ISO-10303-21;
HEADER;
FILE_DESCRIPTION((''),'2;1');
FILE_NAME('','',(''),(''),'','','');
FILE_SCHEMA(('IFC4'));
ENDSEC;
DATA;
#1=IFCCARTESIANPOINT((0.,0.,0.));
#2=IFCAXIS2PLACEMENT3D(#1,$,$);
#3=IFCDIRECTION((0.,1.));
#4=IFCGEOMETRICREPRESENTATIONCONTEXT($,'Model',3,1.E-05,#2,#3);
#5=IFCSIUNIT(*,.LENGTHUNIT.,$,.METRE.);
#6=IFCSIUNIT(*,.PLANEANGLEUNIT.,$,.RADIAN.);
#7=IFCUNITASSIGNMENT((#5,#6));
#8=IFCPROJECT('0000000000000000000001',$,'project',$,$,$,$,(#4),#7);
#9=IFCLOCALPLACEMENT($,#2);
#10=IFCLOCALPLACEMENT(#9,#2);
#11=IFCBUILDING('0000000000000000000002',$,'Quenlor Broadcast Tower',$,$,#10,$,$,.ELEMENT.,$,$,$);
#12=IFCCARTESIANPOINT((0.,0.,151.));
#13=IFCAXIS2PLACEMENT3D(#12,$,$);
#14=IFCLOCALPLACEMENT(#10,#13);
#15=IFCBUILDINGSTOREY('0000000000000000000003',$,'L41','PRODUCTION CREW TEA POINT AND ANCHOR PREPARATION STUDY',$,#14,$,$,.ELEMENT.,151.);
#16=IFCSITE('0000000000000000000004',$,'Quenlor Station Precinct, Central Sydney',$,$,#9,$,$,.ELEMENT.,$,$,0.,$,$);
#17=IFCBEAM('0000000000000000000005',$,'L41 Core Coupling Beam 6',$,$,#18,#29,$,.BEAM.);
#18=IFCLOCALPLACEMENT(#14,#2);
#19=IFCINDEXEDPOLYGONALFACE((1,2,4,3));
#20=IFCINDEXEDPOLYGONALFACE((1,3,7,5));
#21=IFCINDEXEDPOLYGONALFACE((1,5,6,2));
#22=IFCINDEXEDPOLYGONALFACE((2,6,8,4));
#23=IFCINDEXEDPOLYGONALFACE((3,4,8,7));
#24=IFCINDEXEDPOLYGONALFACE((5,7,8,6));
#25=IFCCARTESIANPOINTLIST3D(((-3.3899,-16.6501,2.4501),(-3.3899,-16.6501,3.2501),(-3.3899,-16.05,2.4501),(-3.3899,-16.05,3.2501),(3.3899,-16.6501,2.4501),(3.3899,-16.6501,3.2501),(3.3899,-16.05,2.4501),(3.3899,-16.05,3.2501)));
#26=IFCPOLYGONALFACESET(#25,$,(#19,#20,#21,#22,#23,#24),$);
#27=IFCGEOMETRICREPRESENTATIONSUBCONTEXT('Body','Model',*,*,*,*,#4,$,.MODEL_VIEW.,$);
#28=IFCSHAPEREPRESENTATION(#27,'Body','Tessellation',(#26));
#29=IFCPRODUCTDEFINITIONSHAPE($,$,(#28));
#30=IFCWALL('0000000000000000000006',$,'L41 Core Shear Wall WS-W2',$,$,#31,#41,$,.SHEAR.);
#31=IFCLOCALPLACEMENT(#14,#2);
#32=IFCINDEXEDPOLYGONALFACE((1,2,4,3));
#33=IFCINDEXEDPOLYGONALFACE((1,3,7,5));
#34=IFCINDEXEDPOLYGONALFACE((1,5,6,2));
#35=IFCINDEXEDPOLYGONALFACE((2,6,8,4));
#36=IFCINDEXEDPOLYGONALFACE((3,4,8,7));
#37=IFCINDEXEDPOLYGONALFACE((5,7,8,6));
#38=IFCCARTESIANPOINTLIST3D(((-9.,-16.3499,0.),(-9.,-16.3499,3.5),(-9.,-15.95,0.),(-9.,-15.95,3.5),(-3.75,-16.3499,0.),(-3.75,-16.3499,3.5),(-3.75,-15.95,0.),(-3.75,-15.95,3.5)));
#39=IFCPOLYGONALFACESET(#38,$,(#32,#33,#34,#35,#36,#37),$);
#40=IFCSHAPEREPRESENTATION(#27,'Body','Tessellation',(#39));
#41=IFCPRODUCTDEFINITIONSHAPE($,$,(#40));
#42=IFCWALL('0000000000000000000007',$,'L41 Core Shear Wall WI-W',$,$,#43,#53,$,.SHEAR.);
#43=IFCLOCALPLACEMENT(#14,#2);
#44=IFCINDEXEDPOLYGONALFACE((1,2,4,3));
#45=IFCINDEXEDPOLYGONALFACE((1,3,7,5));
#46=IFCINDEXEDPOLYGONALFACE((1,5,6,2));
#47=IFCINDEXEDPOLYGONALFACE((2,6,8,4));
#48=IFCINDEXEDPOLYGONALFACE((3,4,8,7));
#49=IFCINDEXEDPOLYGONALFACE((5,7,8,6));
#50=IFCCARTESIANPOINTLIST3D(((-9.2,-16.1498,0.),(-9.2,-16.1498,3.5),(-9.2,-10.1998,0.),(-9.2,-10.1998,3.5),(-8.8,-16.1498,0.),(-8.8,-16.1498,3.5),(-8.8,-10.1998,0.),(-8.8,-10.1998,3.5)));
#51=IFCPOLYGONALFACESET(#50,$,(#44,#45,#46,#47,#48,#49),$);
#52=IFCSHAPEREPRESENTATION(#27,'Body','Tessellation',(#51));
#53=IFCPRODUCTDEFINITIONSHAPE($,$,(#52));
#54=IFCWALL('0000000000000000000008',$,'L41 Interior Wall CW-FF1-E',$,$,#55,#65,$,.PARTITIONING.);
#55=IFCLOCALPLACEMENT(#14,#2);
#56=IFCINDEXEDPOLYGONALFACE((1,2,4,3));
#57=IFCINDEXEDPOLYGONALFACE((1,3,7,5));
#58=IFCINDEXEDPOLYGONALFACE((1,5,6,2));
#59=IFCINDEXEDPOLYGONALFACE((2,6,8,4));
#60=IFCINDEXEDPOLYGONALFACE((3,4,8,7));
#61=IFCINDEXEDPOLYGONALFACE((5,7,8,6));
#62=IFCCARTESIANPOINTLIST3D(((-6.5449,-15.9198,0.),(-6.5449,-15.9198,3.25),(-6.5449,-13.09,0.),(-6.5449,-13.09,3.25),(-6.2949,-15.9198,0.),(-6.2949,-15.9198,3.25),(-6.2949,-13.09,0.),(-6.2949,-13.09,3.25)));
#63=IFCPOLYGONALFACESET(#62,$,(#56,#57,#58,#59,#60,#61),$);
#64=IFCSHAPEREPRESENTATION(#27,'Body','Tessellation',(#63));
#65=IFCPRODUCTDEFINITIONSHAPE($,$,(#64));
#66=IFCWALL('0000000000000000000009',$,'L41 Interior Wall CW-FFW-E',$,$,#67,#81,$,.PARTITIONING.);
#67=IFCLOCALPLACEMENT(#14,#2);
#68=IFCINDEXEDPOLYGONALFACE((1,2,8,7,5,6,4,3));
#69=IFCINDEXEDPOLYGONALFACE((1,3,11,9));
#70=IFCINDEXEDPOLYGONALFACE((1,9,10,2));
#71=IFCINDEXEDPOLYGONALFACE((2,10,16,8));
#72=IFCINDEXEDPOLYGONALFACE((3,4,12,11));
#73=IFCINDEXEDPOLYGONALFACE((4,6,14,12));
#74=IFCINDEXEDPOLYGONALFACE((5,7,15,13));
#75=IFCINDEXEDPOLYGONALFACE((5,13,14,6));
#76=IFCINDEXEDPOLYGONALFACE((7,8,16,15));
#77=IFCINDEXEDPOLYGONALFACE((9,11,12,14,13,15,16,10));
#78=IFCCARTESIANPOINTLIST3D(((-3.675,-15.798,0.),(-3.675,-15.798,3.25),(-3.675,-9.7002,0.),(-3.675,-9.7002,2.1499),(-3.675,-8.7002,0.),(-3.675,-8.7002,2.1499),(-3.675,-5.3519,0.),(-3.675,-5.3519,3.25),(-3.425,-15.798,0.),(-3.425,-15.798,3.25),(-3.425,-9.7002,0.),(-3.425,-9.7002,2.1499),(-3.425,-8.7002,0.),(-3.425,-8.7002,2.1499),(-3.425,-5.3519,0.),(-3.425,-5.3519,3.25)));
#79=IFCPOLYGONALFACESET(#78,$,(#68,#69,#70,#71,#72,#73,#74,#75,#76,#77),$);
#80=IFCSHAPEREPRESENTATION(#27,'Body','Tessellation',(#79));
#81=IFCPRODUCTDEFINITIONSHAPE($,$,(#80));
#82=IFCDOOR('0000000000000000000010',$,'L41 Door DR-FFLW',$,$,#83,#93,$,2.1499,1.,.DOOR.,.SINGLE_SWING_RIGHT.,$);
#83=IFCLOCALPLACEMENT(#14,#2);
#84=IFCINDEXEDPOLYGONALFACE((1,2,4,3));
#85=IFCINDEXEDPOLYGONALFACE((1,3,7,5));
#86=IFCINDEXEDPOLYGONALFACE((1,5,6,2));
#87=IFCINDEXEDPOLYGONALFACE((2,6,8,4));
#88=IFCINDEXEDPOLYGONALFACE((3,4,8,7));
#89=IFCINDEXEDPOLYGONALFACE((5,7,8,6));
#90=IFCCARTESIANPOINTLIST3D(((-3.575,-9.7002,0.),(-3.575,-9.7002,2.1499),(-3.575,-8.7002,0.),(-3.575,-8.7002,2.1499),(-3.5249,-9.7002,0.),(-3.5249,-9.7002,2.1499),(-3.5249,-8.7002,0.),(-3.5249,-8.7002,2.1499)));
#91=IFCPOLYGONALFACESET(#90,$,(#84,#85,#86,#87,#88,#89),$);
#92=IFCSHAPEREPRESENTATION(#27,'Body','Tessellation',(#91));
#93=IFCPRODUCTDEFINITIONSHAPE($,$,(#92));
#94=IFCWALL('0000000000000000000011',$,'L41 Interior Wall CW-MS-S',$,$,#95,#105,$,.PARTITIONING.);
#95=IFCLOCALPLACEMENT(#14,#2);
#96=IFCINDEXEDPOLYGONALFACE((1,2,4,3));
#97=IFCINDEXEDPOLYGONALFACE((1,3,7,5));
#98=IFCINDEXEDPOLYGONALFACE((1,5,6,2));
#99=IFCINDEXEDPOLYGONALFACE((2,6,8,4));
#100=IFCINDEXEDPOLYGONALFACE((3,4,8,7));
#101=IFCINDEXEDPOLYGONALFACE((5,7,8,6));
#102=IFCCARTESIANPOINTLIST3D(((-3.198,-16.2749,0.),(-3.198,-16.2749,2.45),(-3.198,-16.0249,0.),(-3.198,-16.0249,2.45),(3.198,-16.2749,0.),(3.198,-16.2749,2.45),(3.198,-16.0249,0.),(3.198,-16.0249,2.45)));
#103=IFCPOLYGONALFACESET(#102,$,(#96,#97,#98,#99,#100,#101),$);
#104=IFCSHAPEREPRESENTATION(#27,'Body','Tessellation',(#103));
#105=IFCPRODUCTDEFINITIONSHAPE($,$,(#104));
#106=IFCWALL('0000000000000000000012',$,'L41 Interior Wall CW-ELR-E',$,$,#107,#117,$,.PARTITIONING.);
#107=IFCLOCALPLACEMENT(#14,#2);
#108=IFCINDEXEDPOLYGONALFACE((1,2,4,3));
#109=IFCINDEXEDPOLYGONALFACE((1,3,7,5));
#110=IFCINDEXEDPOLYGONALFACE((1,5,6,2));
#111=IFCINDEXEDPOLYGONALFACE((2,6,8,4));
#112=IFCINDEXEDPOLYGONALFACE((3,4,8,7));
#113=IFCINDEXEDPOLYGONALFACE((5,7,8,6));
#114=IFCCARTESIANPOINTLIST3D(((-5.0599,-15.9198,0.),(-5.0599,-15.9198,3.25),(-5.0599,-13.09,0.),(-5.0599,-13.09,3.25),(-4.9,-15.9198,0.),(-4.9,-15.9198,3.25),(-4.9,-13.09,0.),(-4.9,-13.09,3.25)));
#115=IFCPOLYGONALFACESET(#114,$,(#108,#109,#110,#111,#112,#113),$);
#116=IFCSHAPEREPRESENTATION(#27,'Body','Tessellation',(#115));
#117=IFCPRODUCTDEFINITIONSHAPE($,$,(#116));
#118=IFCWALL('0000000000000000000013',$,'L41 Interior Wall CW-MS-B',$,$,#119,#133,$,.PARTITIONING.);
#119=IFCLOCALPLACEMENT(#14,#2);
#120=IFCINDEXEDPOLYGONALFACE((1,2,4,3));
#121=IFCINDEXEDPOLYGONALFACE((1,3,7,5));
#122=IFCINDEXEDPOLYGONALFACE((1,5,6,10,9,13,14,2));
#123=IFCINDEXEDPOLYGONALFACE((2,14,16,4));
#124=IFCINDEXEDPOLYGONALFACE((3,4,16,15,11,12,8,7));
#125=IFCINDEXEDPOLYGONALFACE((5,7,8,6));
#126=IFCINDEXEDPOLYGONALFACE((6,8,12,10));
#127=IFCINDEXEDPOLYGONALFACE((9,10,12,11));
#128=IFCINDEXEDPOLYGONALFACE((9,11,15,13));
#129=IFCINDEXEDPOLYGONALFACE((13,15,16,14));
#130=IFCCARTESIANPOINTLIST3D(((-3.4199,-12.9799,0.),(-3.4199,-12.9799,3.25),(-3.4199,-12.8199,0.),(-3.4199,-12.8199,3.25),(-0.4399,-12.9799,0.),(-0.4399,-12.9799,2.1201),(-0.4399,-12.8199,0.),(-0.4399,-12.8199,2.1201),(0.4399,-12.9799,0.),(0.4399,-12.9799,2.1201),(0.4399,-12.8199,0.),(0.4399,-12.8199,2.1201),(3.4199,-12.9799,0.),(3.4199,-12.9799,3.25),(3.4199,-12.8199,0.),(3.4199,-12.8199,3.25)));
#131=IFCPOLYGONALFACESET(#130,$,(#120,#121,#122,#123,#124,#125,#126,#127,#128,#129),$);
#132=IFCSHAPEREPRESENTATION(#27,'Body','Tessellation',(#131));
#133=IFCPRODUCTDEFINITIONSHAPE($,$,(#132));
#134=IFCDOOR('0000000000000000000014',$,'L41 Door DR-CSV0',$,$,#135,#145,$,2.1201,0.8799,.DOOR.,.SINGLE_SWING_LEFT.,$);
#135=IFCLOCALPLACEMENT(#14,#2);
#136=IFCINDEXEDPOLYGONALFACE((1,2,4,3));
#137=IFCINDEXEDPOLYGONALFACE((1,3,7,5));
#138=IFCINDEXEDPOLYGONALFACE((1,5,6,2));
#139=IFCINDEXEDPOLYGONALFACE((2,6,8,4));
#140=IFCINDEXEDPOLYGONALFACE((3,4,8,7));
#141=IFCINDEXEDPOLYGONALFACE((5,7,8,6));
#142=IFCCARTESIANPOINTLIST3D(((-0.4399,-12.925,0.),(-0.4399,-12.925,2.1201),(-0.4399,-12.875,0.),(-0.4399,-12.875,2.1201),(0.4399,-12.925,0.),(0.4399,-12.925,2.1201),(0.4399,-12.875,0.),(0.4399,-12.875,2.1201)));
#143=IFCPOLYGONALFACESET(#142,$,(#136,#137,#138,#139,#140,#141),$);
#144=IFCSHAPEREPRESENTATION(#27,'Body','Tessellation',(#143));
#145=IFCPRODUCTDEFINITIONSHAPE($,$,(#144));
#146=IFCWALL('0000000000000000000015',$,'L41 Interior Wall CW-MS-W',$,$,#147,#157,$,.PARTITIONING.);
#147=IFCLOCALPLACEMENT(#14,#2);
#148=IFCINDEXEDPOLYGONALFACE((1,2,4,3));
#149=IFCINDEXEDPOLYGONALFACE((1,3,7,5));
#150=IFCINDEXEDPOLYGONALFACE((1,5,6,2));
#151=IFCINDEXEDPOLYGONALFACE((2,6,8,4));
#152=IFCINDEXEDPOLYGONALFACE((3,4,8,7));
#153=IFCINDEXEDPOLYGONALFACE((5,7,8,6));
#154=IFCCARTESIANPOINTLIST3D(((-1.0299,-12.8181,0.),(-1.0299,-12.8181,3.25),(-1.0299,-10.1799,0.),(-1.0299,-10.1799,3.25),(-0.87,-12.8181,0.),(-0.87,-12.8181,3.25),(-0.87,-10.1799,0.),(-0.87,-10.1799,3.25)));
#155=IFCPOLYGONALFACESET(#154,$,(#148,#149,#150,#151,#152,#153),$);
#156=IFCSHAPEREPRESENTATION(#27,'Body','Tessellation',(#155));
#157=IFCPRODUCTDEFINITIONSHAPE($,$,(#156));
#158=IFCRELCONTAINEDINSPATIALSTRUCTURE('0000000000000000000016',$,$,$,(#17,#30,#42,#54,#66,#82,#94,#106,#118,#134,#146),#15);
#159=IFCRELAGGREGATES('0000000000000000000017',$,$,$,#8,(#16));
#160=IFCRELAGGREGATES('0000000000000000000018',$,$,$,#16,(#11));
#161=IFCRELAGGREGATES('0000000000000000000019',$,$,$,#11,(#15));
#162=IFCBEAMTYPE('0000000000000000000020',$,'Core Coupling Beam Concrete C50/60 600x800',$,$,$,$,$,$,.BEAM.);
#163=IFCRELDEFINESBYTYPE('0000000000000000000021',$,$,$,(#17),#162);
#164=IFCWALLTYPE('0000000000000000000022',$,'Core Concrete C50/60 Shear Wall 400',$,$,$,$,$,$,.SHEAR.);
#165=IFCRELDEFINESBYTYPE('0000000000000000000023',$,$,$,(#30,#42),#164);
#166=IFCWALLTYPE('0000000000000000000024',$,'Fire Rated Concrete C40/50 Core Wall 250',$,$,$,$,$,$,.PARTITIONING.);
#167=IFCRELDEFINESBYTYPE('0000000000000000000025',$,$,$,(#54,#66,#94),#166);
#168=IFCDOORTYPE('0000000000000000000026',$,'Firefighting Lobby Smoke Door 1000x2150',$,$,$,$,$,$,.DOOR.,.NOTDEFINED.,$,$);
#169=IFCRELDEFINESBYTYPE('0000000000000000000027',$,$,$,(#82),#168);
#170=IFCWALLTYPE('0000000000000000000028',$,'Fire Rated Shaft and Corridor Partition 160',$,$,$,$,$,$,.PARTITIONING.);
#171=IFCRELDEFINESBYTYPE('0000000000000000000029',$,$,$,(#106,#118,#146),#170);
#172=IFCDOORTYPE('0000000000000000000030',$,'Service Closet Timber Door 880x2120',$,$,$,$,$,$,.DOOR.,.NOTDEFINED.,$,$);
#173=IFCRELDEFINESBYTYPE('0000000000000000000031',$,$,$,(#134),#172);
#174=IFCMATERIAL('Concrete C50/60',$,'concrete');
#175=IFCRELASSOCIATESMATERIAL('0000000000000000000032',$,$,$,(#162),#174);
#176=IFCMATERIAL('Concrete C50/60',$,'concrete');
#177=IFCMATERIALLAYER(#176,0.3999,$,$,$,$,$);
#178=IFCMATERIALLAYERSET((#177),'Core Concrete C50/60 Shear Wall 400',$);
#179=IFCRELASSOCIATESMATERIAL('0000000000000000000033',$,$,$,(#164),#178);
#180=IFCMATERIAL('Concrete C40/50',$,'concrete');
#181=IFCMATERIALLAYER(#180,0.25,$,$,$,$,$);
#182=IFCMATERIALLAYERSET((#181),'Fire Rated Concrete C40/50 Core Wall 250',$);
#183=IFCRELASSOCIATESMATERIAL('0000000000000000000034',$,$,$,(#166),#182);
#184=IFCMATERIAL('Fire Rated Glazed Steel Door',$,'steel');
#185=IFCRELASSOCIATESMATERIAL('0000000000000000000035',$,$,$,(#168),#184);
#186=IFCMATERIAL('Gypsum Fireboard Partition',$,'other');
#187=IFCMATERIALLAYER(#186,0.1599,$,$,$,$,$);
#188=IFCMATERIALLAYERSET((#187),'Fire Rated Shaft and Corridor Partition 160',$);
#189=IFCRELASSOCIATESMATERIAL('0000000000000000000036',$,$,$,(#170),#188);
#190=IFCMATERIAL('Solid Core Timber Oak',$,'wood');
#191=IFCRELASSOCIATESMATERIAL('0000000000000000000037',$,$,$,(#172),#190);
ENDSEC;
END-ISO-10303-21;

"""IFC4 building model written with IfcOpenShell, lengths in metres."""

from ifc_helpers import new_model, si_unit, direction, frame, frame_2d, origin, origin_2d, place, context, subcontext, project, spatial, rectangle, extrude, material, layer, layer_set, material_profile, profile_set, type_object, element, fill, save


model = new_model("IFC4")

# Units and contexts
model_context = context("Model", 3, precision=1e-05, world=origin(), true_north=direction((0.0, 1.0)))
body_context = subcontext(model_context, "Body", "Model", "MODEL_VIEW")
ifc_project = project(units=[si_unit("LENGTHUNIT", "METRE"), si_unit("PLANEANGLEUNIT", "RADIAN")], contexts=[model_context])

# Site, building, storey
site_placement = place(None, origin())
site = spatial("IfcSite", under=ifc_project, at=site_placement, Name="Quenlor Station Precinct, Central Sydney", CompositionType="ELEMENT", RefElevation=0.0)
building_placement = place(site_placement, origin())
building = spatial("IfcBuilding", under=site, at=building_placement, Name="Quenlor Broadcast Tower", CompositionType="ELEMENT")
storey_placement = place(building_placement, frame((0.0, 0.0, 151.0)))
storey = spatial("IfcBuildingStorey", under=building, at=storey_placement, Name="L41", Description="PRODUCTION CREW TEA POINT AND ANCHOR PREPARATION STUDY", CompositionType="ELEMENT", Elevation=151.0)

# Beam
ifc_material_1 = material(Name="Concrete C50/60", Category="concrete")
ifc_material_profile = material_profile(ifc_material_1, rectangle(XDim=0.6001, YDim=0.8, at=origin_2d()))
ifc_profile_set = profile_set([ifc_material_profile], Name="Concrete C50/60 RCB600x800")
beam_type = type_object("IfcBeamType", Name="Core Coupling Beam Concrete C50/60 600x800", PredefinedType="BEAM", material=ifc_profile_set)
beam_placement = place(storey_placement, frame((-3.3899, -16.3501, 2.8501), z_axis=(1.0, 0.0, 0.0), x_axis=(0.0, 1.0, 0.0)))
element("IfcBeam", 1, at=beam_placement, inside=storey, type_object=beam_type, Name="L41 Core Coupling Beam 6", PredefinedType="BEAM", context=body_context, shape_type="SweptSolid", body=[
    extrude(rectangle(XDim=0.6001, YDim=0.8, at=origin_2d()), origin(), (0.0, 0.0, 1.0), 6.7798),
])

# Walls
ifc_material_2 = material(Name="Concrete C50/60", Category="concrete")
ifc_layer_1 = layer(ifc_material_2, 0.3999)
ifc_layer_set_1 = layer_set([ifc_layer_1], Name="Core Concrete C50/60 Shear Wall 400")
wall_type_1 = type_object("IfcWallType", Name="Core Concrete C50/60 Shear Wall 400", PredefinedType="SHEAR", material=ifc_layer_set_1)
wall_1_placement = place(storey_placement, frame((-9.0, -16.1499, 0.0), z_axis=(0.0, 0.0, 1.0), x_axis=(1.0, 0.0, 0.0)))
element("IfcWall", 2, at=wall_1_placement, inside=storey, type_object=wall_type_1, Name="L41 Core Shear Wall WS-W2", PredefinedType="SHEAR", context=body_context, shape_type="SweptSolid", body=[
    extrude(rectangle(XDim=5.25, YDim=0.3999, at=frame_2d((2.625, 0.0))), origin(), (0.0, 0.0, 1.0), 3.5),
])
wall_2_placement = place(storey_placement, frame((-9.0, -16.1499, 0.0), z_axis=(0.0, 0.0, 1.0), x_axis=(0.0, 1.0, 0.0)))
element("IfcWall", 3, at=wall_2_placement, inside=storey, type_object=wall_type_1, Name="L41 Core Shear Wall WI-W", PredefinedType="SHEAR", context=body_context, shape_type="SweptSolid", body=[
    extrude(rectangle(XDim=5.95, YDim=0.3999, at=frame_2d((2.9751, 0.0))), origin(), (0.0, 0.0, 1.0), 3.5),
])

# Shared definitions
ifc_material_3 = material(Name="Concrete C40/50", Category="concrete")
ifc_layer_2 = layer(ifc_material_3, 0.25)
ifc_layer_set_2 = layer_set([ifc_layer_2], Name="Fire Rated Concrete C40/50 Core Wall 250")
wall_type_2 = type_object("IfcWallType", Name="Fire Rated Concrete C40/50 Core Wall 250", PredefinedType="PARTITIONING", material=ifc_layer_set_2)

# Wall
wall_3_placement = place(storey_placement, frame((-6.4199, -15.9199, 0.0), z_axis=(0.0, 0.0, 1.0), x_axis=(0.0, 1.0, 0.0)))
element("IfcWall", 4, at=wall_3_placement, inside=storey, type_object=wall_type_2, Name="L41 Interior Wall CW-FF1-E", PredefinedType="PARTITIONING", context=body_context, shape_type="SweptSolid", body=[
    extrude(rectangle(XDim=2.8298, YDim=0.25, at=frame_2d((1.415, 0.0))), origin(), (0.0, 0.0, 1.0), 3.25),
])

# Wall, opening, door
wall_4_placement = place(storey_placement, frame((-3.55, -15.7981, 0.0), z_axis=(0.0, 0.0, 1.0), x_axis=(0.0, 1.0, 0.0)))
wall_4 = element("IfcWall", 5, at=wall_4_placement, inside=storey, type_object=wall_type_2, Name="L41 Interior Wall CW-FFW-E", PredefinedType="PARTITIONING", context=body_context, shape_type="SweptSolid", body=[
    extrude(rectangle(XDim=10.446, YDim=0.25, at=frame_2d((5.2231, 0.0))), origin(), (0.0, 0.0, 1.0), 3.25),
])
opening_1_placement = place(wall_4_placement, frame((6.0979, 0.0, 0.0)))
opening_1 = element("IfcOpeningElement", 6, at=opening_1_placement, cuts=wall_4, PredefinedType="OPENING", context=body_context, shape_type="SweptSolid", body=[
    extrude(rectangle(XDim=1.0, YDim=2.1499, at=frame_2d((0.5, 1.075))), frame((0.0, 0.135, 0.0), z_axis=(0.0, -1.0, 0.0), x_axis=(1.0, 0.0, 0.0)), (0.0, 0.0, 1.0), 0.27),
])
ifc_material_4 = material(Name="Fire Rated Glazed Steel Door", Category="steel")
door_type_1 = type_object("IfcDoorType", Name="Firefighting Lobby Smoke Door 1000x2150", OperationType="NOTDEFINED", PredefinedType="DOOR", material=ifc_material_4)
door_1_placement = place(opening_1_placement, origin())
door_1 = element("IfcDoor", 7, at=door_1_placement, inside=storey, type_object=door_type_1, Name="L41 Door DR-FFLW", OperationType="SINGLE_SWING_RIGHT", OverallHeight=2.1499, OverallWidth=1.0, PredefinedType="DOOR", context=body_context, shape_type="SweptSolid", body=[
    extrude(rectangle(XDim=1.0, YDim=2.1499, at=frame_2d((0.5, 1.075))), frame((0.0, 0.0249, 0.0), z_axis=(0.0, -1.0, 0.0), x_axis=(1.0, 0.0, 0.0)), (0.0, 0.0, 1.0), 0.05),
])
fill(opening_1, door_1)

# Walls
wall_5_placement = place(storey_placement, frame((-3.198, -16.1499, 0.0), z_axis=(0.0, 0.0, 1.0), x_axis=(1.0, 0.0, 0.0)))
element("IfcWall", 8, at=wall_5_placement, inside=storey, type_object=wall_type_2, Name="L41 Interior Wall CW-MS-S", PredefinedType="PARTITIONING", context=body_context, shape_type="SweptSolid", body=[
    extrude(rectangle(XDim=6.396, YDim=0.25, at=frame_2d((3.198, 0.0))), origin(), (0.0, 0.0, 1.0), 2.45),
])
ifc_material_5 = material(Name="Gypsum Fireboard Partition", Category="other")
ifc_layer_3 = layer(ifc_material_5, 0.1599)
ifc_layer_set_3 = layer_set([ifc_layer_3], Name="Fire Rated Shaft and Corridor Partition 160")
wall_type_3 = type_object("IfcWallType", Name="Fire Rated Shaft and Corridor Partition 160", PredefinedType="PARTITIONING", material=ifc_layer_set_3)
wall_6_placement = place(storey_placement, frame((-4.98, -15.9199, 0.0), z_axis=(0.0, 0.0, 1.0), x_axis=(0.0, 1.0, 0.0)))
element("IfcWall", 9, at=wall_6_placement, inside=storey, type_object=wall_type_3, Name="L41 Interior Wall CW-ELR-E", PredefinedType="PARTITIONING", context=body_context, shape_type="SweptSolid", body=[
    extrude(rectangle(XDim=2.8298, YDim=0.1599, at=frame_2d((1.415, 0.0))), origin(), (0.0, 0.0, 1.0), 3.25),
])

# Wall, opening, door
wall_7_placement = place(storey_placement, frame((-3.4199, -12.8999, 0.0), z_axis=(0.0, 0.0, 1.0), x_axis=(1.0, 0.0, 0.0)))
wall_7 = element("IfcWall", 10, at=wall_7_placement, inside=storey, type_object=wall_type_3, Name="L41 Interior Wall CW-MS-B", PredefinedType="PARTITIONING", context=body_context, shape_type="SweptSolid", body=[
    extrude(rectangle(XDim=6.8398, YDim=0.1599, at=frame_2d((3.4199, 0.0))), origin(), (0.0, 0.0, 1.0), 3.25),
])
opening_2_placement = place(wall_7_placement, frame((2.98, 0.0, 0.0)))
opening_2 = element("IfcOpeningElement", 11, at=opening_2_placement, cuts=wall_7, PredefinedType="OPENING", context=body_context, shape_type="SweptSolid", body=[
    extrude(rectangle(XDim=0.8799, YDim=2.1201, at=frame_2d((0.4399, 1.0601))), frame((0.0, 0.0898, 0.0), z_axis=(0.0, -1.0, 0.0), x_axis=(1.0, 0.0, 0.0)), (0.0, 0.0, 1.0), 0.1799),
])
ifc_material_6 = material(Name="Solid Core Timber Oak", Category="wood")
door_type_2 = type_object("IfcDoorType", Name="Service Closet Timber Door 880x2120", OperationType="NOTDEFINED", PredefinedType="DOOR", material=ifc_material_6)
door_2_placement = place(opening_2_placement, origin())
door_2 = element("IfcDoor", 12, at=door_2_placement, inside=storey, type_object=door_type_2, Name="L41 Door DR-CSV0", OperationType="SINGLE_SWING_LEFT", OverallHeight=2.1201, OverallWidth=0.8799, PredefinedType="DOOR", context=body_context, shape_type="SweptSolid", body=[
    extrude(rectangle(XDim=0.8799, YDim=2.1201, at=frame_2d((0.4399, 1.0601))), frame((0.0, 0.0249, 0.0), z_axis=(0.0, -1.0, 0.0), x_axis=(1.0, 0.0, 0.0)), (0.0, 0.0, 1.0), 0.05),
])
fill(opening_2, door_2)

# Wall
wall_8_placement = place(storey_placement, frame((-0.95, -12.8181, 0.0), z_axis=(0.0, 0.0, 1.0), x_axis=(0.0, 1.0, 0.0)))
element("IfcWall", 13, at=wall_8_placement, inside=storey, type_object=wall_type_3, Name="L41 Interior Wall CW-MS-W", PredefinedType="PARTITIONING", context=body_context, shape_type="SweptSolid", body=[
    extrude(rectangle(XDim=2.6382, YDim=0.1599, at=frame_2d((1.3191, 0.0))), origin(), (0.0, 0.0, 1.0), 3.25),
])

save(model, "model.ifc")
